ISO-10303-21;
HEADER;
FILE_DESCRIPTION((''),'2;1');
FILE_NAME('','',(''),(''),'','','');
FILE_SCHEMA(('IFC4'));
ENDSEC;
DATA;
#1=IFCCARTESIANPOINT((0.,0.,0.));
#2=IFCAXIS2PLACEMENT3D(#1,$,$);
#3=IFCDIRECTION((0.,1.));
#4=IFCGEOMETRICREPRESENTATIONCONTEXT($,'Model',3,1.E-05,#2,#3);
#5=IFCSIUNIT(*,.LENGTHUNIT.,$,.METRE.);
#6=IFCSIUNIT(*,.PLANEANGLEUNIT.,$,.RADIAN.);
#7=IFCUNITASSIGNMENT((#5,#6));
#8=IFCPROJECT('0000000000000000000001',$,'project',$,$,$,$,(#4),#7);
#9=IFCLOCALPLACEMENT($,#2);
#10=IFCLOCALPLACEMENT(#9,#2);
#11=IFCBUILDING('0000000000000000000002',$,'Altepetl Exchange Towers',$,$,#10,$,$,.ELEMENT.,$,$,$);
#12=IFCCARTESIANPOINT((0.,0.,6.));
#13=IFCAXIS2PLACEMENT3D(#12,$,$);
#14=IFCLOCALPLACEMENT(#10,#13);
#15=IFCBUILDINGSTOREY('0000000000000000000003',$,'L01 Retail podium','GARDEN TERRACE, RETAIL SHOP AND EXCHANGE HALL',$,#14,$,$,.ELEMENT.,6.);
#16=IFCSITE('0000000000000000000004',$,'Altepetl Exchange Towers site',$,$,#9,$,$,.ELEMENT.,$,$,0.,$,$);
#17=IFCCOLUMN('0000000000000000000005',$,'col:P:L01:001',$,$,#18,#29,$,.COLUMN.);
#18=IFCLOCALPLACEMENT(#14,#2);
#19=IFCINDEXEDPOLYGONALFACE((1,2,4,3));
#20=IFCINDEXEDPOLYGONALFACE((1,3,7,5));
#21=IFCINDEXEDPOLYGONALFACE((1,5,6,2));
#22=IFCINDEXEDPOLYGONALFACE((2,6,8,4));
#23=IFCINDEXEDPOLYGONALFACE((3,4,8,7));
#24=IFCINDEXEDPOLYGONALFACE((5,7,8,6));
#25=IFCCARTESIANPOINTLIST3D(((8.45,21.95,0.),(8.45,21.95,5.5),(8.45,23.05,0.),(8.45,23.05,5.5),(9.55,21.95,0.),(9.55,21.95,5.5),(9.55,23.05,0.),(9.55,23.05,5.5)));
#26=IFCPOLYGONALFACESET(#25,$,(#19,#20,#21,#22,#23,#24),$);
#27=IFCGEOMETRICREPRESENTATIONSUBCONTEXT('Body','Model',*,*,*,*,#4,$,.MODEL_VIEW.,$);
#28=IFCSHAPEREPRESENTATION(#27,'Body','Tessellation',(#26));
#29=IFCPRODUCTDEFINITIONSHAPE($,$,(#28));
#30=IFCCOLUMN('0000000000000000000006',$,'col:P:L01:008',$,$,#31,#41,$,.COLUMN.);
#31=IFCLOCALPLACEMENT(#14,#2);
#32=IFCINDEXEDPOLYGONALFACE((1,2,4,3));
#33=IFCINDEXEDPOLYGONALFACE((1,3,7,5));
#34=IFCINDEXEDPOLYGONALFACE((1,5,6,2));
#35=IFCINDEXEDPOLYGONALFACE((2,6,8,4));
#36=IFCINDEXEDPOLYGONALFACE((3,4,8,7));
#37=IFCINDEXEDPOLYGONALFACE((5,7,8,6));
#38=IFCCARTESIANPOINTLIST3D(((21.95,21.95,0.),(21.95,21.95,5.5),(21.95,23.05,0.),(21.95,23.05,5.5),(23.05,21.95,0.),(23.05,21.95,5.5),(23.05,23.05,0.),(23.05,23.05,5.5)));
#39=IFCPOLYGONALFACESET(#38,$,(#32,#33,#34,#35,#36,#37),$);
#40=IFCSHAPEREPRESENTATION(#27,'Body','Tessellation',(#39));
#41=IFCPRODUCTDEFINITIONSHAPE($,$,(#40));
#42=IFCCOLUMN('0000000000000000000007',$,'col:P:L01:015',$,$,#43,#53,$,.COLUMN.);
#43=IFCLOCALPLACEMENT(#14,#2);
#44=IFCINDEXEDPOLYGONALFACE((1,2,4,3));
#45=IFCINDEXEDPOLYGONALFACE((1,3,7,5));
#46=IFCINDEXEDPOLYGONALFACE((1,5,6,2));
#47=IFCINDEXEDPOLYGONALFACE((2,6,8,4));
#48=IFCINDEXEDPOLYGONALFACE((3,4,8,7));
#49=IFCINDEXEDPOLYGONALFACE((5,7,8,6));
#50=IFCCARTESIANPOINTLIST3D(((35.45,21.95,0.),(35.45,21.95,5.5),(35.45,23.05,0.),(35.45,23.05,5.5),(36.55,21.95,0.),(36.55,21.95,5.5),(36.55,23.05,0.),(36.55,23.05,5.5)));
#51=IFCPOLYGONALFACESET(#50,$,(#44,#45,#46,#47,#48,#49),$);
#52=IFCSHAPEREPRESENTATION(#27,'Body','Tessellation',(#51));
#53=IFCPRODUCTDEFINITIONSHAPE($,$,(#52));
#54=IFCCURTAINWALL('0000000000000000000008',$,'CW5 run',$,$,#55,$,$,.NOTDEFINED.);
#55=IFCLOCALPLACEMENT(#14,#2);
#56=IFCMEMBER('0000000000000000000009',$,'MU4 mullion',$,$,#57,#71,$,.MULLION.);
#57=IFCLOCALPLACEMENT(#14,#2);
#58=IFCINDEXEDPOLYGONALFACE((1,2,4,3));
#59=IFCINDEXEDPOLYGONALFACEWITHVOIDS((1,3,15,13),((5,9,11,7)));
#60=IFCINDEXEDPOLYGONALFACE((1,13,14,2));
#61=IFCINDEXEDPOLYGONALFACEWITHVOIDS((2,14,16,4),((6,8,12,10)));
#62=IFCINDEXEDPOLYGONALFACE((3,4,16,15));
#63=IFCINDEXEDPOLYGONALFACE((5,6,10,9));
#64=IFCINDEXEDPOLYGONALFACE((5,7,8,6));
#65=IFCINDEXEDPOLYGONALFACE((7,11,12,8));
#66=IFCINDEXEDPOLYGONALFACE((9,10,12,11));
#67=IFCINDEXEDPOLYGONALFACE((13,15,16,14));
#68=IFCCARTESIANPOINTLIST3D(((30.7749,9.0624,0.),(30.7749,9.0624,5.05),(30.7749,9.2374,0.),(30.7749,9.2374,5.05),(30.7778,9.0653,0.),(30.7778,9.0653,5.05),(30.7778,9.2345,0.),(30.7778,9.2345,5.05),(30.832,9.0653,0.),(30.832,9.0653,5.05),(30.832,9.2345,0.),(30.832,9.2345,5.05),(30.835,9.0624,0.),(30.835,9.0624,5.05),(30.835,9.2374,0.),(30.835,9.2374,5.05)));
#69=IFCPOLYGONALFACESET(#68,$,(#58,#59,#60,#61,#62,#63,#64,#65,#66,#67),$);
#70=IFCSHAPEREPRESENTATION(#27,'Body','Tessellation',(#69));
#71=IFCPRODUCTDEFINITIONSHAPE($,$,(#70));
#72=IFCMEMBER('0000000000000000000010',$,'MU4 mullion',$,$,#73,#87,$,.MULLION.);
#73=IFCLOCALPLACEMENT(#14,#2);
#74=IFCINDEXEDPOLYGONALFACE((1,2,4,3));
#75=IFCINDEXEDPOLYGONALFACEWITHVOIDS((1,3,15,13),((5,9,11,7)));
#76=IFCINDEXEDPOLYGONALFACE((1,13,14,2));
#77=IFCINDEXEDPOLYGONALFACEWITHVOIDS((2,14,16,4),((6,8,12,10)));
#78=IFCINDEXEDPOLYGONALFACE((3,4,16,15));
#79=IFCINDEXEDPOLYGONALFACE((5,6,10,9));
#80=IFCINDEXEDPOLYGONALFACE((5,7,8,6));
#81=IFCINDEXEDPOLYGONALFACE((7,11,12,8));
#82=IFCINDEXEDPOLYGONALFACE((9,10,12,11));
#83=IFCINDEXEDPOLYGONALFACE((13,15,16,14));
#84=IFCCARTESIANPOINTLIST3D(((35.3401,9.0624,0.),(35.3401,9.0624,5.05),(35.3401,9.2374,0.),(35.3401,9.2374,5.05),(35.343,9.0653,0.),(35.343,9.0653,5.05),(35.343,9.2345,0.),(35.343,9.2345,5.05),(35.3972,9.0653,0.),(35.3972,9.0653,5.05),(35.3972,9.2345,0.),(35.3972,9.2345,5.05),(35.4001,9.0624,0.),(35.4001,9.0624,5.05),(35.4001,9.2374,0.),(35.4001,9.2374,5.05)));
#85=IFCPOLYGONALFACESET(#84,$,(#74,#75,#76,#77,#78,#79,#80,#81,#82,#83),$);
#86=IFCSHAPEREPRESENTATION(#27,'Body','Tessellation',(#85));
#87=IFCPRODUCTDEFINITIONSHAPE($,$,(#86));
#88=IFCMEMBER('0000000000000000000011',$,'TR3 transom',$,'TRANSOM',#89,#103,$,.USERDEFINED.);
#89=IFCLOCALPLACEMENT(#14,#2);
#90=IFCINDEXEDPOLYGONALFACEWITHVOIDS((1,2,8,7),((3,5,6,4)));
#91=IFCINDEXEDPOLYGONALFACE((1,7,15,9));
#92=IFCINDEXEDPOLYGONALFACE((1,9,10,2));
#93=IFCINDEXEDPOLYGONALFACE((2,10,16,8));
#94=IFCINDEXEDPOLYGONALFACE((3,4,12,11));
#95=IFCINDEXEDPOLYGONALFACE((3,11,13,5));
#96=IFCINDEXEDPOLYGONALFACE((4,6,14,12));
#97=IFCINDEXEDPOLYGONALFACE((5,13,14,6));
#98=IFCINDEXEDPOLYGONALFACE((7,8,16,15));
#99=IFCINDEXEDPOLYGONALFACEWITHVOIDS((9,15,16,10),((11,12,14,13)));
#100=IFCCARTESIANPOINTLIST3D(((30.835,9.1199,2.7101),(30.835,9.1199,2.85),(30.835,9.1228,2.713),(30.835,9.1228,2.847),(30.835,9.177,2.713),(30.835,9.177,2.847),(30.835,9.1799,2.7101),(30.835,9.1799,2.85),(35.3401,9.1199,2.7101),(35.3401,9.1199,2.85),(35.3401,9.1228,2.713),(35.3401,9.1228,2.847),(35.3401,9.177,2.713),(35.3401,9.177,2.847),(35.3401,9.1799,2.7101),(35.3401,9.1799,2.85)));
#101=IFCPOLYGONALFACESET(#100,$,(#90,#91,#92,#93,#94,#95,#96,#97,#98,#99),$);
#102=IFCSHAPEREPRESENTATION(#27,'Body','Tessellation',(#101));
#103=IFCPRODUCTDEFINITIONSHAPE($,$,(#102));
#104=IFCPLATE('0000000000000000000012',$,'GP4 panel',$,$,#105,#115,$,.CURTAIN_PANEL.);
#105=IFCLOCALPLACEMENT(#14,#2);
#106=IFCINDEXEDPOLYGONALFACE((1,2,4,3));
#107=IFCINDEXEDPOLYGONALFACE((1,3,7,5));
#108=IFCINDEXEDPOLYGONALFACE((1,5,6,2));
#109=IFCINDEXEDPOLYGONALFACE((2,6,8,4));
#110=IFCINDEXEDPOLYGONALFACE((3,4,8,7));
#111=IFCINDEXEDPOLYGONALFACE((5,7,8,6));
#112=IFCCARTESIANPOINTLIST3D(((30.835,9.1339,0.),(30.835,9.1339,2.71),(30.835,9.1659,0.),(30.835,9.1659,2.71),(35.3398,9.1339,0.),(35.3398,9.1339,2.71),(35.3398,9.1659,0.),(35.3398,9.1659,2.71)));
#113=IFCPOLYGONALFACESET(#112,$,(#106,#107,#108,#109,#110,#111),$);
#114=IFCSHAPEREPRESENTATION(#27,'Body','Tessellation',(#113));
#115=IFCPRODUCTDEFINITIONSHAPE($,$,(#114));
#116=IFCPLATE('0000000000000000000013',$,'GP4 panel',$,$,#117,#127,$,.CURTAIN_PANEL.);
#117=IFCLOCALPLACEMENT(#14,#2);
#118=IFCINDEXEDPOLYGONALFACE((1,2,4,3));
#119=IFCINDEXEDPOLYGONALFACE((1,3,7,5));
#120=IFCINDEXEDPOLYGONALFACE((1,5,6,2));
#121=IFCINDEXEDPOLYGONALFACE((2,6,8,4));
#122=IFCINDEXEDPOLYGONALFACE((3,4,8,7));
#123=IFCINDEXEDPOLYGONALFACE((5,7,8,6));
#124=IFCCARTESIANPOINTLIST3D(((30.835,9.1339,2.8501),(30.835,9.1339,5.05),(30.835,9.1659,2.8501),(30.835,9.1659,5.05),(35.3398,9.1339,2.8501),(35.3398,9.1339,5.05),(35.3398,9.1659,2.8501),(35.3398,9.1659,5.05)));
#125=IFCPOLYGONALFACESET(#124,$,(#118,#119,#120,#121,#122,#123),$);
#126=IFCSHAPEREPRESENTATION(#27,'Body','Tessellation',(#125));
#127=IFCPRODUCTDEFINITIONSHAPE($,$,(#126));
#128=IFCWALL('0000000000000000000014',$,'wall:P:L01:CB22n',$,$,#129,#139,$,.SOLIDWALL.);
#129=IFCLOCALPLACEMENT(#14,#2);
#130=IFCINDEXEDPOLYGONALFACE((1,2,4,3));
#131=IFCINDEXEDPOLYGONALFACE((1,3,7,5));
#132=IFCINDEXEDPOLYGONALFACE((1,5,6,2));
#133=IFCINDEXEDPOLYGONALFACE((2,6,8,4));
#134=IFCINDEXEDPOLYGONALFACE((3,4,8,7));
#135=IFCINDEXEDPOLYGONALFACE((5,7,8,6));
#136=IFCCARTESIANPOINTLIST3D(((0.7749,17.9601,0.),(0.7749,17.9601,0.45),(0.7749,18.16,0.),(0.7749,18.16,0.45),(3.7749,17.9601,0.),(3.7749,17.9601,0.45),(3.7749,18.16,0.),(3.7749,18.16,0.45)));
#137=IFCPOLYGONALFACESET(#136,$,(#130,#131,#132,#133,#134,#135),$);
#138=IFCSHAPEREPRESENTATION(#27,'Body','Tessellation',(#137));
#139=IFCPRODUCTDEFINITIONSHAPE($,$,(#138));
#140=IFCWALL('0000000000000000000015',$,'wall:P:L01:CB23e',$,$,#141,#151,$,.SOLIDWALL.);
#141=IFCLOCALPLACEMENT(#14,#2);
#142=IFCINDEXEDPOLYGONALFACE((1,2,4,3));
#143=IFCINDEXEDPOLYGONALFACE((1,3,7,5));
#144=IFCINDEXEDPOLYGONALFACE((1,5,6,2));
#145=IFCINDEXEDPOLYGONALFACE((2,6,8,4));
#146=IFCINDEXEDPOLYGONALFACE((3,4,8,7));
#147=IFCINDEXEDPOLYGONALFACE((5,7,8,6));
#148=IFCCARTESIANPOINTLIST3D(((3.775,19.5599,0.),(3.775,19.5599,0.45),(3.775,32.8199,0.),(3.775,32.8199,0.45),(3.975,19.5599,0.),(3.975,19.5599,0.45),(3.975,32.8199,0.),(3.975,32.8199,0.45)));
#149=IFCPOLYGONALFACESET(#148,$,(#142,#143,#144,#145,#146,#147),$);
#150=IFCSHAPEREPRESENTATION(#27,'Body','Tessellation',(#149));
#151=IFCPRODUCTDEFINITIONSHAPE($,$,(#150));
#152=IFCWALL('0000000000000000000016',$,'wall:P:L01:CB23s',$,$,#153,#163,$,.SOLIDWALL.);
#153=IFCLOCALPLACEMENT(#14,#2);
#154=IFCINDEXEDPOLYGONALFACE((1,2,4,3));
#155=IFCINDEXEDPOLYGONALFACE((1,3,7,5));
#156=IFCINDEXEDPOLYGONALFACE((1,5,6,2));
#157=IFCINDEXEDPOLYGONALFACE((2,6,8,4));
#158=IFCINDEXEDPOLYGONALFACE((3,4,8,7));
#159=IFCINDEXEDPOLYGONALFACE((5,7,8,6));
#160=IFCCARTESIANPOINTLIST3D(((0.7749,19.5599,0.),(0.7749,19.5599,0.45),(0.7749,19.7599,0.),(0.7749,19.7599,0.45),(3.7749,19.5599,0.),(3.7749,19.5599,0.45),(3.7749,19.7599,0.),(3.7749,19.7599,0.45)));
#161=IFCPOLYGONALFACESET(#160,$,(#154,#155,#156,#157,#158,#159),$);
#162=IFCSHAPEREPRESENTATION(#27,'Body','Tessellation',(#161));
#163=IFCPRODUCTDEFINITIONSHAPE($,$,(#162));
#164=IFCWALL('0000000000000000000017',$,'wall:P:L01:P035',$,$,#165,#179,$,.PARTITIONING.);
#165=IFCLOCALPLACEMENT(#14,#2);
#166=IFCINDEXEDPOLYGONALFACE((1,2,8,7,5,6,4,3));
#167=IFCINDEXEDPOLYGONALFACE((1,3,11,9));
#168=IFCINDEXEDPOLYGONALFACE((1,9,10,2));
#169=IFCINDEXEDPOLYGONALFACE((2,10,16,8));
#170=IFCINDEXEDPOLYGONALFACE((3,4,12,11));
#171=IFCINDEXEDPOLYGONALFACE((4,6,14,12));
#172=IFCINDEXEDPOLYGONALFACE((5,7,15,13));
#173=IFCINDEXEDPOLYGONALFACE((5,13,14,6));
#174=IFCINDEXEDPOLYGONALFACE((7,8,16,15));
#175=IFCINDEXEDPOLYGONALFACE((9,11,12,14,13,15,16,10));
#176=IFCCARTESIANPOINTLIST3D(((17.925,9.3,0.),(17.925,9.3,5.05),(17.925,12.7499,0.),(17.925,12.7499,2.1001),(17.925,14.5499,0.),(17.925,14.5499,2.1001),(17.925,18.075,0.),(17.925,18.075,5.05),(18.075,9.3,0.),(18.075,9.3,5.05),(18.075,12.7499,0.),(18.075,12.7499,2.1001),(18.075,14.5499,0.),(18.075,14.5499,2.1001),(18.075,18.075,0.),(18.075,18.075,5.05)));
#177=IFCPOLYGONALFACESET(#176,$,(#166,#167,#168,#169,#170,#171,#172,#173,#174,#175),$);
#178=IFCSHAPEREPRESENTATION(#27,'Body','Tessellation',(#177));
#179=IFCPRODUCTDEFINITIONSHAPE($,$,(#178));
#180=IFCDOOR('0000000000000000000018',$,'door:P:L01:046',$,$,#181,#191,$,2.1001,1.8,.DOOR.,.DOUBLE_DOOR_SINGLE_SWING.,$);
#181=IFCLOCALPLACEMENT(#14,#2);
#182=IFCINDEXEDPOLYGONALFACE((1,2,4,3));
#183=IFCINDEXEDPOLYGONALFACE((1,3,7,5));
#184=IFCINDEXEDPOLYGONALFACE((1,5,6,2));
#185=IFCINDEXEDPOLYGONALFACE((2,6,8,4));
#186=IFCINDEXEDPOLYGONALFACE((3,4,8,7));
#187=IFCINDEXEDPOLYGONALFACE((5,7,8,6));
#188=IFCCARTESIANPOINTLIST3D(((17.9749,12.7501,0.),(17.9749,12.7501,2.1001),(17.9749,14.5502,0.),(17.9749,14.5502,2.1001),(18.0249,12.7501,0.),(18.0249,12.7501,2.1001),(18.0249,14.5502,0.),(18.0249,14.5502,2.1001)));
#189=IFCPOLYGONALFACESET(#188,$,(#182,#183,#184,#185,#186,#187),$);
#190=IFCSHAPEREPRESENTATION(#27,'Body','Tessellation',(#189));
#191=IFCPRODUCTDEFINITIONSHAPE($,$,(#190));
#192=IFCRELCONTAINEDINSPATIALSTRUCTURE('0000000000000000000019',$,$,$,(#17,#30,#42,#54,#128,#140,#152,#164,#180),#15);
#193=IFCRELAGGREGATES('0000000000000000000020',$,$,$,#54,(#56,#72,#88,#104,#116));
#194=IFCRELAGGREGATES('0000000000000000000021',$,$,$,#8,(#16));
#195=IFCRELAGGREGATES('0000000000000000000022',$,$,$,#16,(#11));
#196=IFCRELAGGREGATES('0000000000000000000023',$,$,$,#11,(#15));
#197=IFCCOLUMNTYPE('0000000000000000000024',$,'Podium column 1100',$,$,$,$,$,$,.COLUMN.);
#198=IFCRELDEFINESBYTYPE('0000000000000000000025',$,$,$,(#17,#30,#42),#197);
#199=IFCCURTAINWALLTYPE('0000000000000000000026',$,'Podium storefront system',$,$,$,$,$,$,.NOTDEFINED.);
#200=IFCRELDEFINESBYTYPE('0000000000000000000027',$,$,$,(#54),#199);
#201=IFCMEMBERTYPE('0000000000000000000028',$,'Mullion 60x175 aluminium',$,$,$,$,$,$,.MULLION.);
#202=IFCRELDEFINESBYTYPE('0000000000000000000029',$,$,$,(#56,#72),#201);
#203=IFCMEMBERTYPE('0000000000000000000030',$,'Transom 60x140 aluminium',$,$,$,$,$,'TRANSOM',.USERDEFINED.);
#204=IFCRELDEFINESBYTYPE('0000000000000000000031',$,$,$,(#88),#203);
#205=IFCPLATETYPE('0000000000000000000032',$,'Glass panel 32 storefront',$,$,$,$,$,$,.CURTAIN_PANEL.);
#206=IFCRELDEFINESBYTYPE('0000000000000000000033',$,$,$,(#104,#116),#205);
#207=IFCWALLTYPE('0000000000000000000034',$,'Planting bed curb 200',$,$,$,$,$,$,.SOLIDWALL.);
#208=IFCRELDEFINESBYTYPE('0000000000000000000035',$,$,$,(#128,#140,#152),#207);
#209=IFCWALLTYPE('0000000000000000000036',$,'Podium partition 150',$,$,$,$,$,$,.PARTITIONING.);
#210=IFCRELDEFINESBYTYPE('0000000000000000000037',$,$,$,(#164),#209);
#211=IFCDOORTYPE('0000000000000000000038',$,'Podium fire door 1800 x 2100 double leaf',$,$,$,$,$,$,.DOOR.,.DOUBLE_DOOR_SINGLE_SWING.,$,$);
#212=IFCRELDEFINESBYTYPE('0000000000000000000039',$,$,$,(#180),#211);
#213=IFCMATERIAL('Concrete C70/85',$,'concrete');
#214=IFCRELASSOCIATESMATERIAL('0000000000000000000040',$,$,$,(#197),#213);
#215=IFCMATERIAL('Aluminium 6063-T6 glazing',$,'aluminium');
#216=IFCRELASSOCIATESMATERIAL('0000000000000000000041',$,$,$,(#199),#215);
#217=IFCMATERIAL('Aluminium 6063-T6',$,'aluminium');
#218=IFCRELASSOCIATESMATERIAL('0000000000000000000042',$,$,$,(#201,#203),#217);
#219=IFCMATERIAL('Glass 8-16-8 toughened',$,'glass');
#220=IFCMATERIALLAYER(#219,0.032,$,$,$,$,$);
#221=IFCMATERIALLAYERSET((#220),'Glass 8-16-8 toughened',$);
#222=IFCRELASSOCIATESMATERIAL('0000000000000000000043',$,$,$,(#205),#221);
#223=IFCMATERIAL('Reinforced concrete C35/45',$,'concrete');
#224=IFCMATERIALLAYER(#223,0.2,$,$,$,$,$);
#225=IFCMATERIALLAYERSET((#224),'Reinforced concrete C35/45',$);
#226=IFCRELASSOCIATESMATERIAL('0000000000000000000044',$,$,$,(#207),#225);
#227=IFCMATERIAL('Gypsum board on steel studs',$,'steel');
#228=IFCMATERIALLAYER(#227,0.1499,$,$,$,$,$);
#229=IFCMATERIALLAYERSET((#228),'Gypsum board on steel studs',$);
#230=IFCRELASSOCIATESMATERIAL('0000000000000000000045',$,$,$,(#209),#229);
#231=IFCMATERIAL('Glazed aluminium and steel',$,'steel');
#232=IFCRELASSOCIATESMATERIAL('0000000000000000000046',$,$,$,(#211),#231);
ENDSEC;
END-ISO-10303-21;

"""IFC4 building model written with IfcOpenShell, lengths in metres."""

from ifc_helpers import new_model, si_unit, direction, frame, frame_2d, origin, origin_2d, place, context, subcontext, project, spatial, rectangle, hollow_rectangle, extrude, material, layer, layer_set, material_profile, profile_set, type_object, element, fill, aggregate, save


model = new_model("IFC4")

# Units and contexts
model_context = context("Model", 3, precision=1e-05, world=origin(), true_north=direction((0.0, 1.0)))
body_context = subcontext(model_context, "Body", "Model", "MODEL_VIEW")
ifc_project = project(units=[si_unit("LENGTHUNIT", "METRE"), si_unit("PLANEANGLEUNIT", "RADIAN")], contexts=[model_context])

# Site, building, storey
site_placement = place(None, origin())
site = spatial("IfcSite", under=ifc_project, at=site_placement, Name="Altepetl Exchange Towers site", CompositionType="ELEMENT", RefElevation=0.0)
building_placement = place(site_placement, origin())
building = spatial("IfcBuilding", under=site, at=building_placement, Name="Altepetl Exchange Towers", CompositionType="ELEMENT")
storey_placement = place(building_placement, frame((0.0, 0.0, 6.0)))
storey = spatial("IfcBuildingStorey", under=building, at=storey_placement, Name="L01 Retail podium", Description="GARDEN TERRACE, RETAIL SHOP AND EXCHANGE HALL", CompositionType="ELEMENT", Elevation=6.0)

# Columns
ifc_material_1 = material(Name="Concrete C70/85", Category="concrete")
ifc_material_profile_1 = material_profile(ifc_material_1, rectangle(XDim=1.1001, YDim=1.1001, at=origin_2d()), Name="1100 x 1100")
ifc_profile_set_1 = profile_set([ifc_material_profile_1], Name="Concrete C70/85")
column_type = type_object("IfcColumnType", Name="Podium column 1100", PredefinedType="COLUMN", material=ifc_profile_set_1)
for number, where, name in (
    (1, (9.0, 22.5, 0.0), "col:P:L01:001"),
    (2, (22.5, 22.5, 0.0), "col:P:L01:008"),
    (3, (36.0, 22.5, 0.0), "col:P:L01:015"),
):
    element("IfcColumn", number, at=place(storey_placement, frame(where)), inside=storey, type_object=column_type, Name=name, PredefinedType="COLUMN", context=body_context, shape_type="SweptSolid", body=[
        extrude(rectangle(XDim=1.1001, YDim=1.1001, at=origin_2d()), origin(), (0.0, 0.0, 1.0), 5.5),
    ])

# Curtain wall, members, plates
ifc_material_2 = material(Name="Aluminium 6063-T6 glazing", Category="aluminium")
curtain_wall_type = type_object("IfcCurtainWallType", Name="Podium storefront system", PredefinedType="NOTDEFINED", material=ifc_material_2)
curtain_wall_placement = place(storey_placement, origin())
curtain_wall = element("IfcCurtainWall", 4, at=curtain_wall_placement, inside=storey, type_object=curtain_wall_type, Name="CW5 run", PredefinedType="NOTDEFINED")
ifc_material_3 = material(Name="Aluminium 6063-T6", Category="aluminium")
ifc_material_profile_2 = material_profile(ifc_material_3, hollow_rectangle(XDim=0.0601, YDim=0.175, WallThickness=0.0029, at=origin_2d()), Name="Mullion 60x175 aluminium")
ifc_profile_set_2 = profile_set([ifc_material_profile_2], Name="Aluminium 6063-T6")
member_type_1 = type_object("IfcMemberType", Name="Mullion 60x175 aluminium", PredefinedType="MULLION", material=ifc_profile_set_2)
member_1_placement = place(storey_placement, frame((30.8049, 9.1499, 0.0)))
member_1 = element("IfcMember", 5, at=member_1_placement, type_object=member_type_1, Name="MU4 mullion", PredefinedType="MULLION", context=body_context, shape_type="SweptSolid", body=[
    extrude(hollow_rectangle(XDim=0.0601, YDim=0.175, WallThickness=0.0029, at=origin_2d()), origin(), (0.0, 0.0, 1.0), 5.05),
])
member_2_placement = place(storey_placement, frame((35.3701, 9.1499, 0.0)))
member_2 = element("IfcMember", 6, at=member_2_placement, type_object=member_type_1, Name="MU4 mullion", PredefinedType="MULLION", context=body_context, shape_type="SweptSolid", body=[
    extrude(hollow_rectangle(XDim=0.0601, YDim=0.175, WallThickness=0.0029, at=origin_2d()), origin(), (0.0, 0.0, 1.0), 5.05),
])
ifc_material_profile_3 = material_profile(ifc_material_3, hollow_rectangle(XDim=0.0601, YDim=0.1399, WallThickness=0.0029, at=origin_2d()), Name="Transom 60x140 aluminium")
ifc_profile_set_3 = profile_set([ifc_material_profile_3], Name="Aluminium 6063-T6")
member_type_2 = type_object("IfcMemberType", Name="Transom 60x140 aluminium", ElementType="TRANSOM", PredefinedType="USERDEFINED", material=ifc_profile_set_3)
member_3_placement = place(storey_placement, frame((30.835, 9.1499, 2.78), z_axis=(1.0, 0.0, 0.0), x_axis=(0.0, 1.0, 0.0)))
member_3 = element("IfcMember", 7, at=member_3_placement, type_object=member_type_2, Name="TR3 transom", ObjectType="TRANSOM", PredefinedType="USERDEFINED", context=body_context, shape_type="SweptSolid", body=[
    extrude(hollow_rectangle(XDim=0.0601, YDim=0.1399, WallThickness=0.0029, at=origin_2d()), origin(), (0.0, 0.0, 1.0), 4.5051),
])
ifc_material_4 = material(Name="Glass 8-16-8 toughened", Category="glass")
ifc_layer_1 = layer(ifc_material_4, 0.032)
ifc_layer_set_1 = layer_set([ifc_layer_1], Name="Glass 8-16-8 toughened")
plate_type = type_object("IfcPlateType", Name="Glass panel 32 storefront", PredefinedType="CURTAIN_PANEL", material=ifc_layer_set_1)
plate_1_placement = place(storey_placement, frame((33.0874, 9.1499, 0.0)))
plate_1 = element("IfcPlate", 8, at=plate_1_placement, type_object=plate_type, Name="GP4 panel", PredefinedType="CURTAIN_PANEL", context=body_context, shape_type="SweptSolid", body=[
    extrude(rectangle(XDim=4.5049, YDim=0.032, at=origin_2d()), origin(), (0.0, 0.0, 1.0), 2.71),
])
plate_2_placement = place(storey_placement, frame((33.0874, 9.1499, 2.8501)))
plate_2 = element("IfcPlate", 9, at=plate_2_placement, type_object=plate_type, Name="GP4 panel", PredefinedType="CURTAIN_PANEL", context=body_context, shape_type="SweptSolid", body=[
    extrude(rectangle(XDim=4.5049, YDim=0.032, at=origin_2d()), origin(), (0.0, 0.0, 1.0), 2.2),
])
aggregate(curtain_wall, [member_1, member_2, member_3, plate_1, plate_2])

# Walls
ifc_material_5 = material(Name="Reinforced concrete C35/45", Category="concrete")
ifc_layer_2 = layer(ifc_material_5, 0.2)
ifc_layer_set_2 = layer_set([ifc_layer_2], Name="Reinforced concrete C35/45")
wall_type_1 = type_object("IfcWallType", Name="Planting bed curb 200", PredefinedType="SOLIDWALL", material=ifc_layer_set_2)
wall_1_placement = place(storey_placement, frame((0.7749, 18.0601, 0.0)))
element("IfcWall", 10, at=wall_1_placement, inside=storey, type_object=wall_type_1, Name="wall:P:L01:CB22n", PredefinedType="SOLIDWALL", context=body_context, shape_type="SweptSolid", body=[
    extrude(rectangle(XDim=3.0, YDim=0.2, at=frame_2d((1.5, 0.0))), origin(), (0.0, 0.0, 1.0), 0.45),
])
wall_2_placement = place(storey_placement, frame((3.875, 19.5601, 0.0), z_axis=(0.0, 0.0, 1.0), x_axis=(0.0, 1.0, 0.0)))
element("IfcWall", 11, at=wall_2_placement, inside=storey, type_object=wall_type_1, Name="wall:P:L01:CB23e", PredefinedType="SOLIDWALL", context=body_context, shape_type="SweptSolid", body=[
    extrude(rectangle(XDim=13.26, YDim=0.2, at=frame_2d((6.6299, 0.0))), origin(), (0.0, 0.0, 1.0), 0.45),
])
wall_3_placement = place(storey_placement, frame((0.7749, 19.6599, 0.0)))
element("IfcWall", 12, at=wall_3_placement, inside=storey, type_object=wall_type_1, Name="wall:P:L01:CB23s", PredefinedType="SOLIDWALL", context=body_context, shape_type="SweptSolid", body=[
    extrude(rectangle(XDim=3.0, YDim=0.2, at=frame_2d((1.5, 0.0))), origin(), (0.0, 0.0, 1.0), 0.45),
])

# Wall, opening, door
ifc_material_6 = material(Name="Gypsum board on steel studs", Category="steel")
ifc_layer_3 = layer(ifc_material_6, 0.1499)
ifc_layer_set_3 = layer_set([ifc_layer_3], Name="Gypsum board on steel studs")
wall_type_2 = type_object("IfcWallType", Name="Podium partition 150", PredefinedType="PARTITIONING", material=ifc_layer_set_3)
wall_4_placement = place(storey_placement, frame((18.0, 9.3, 0.0), z_axis=(0.0, 0.0, 1.0), x_axis=(0.0, 1.0, 0.0)))
wall_4 = element("IfcWall", 13, at=wall_4_placement, inside=storey, type_object=wall_type_2, Name="wall:P:L01:P035", PredefinedType="PARTITIONING", context=body_context, shape_type="SweptSolid", body=[
    extrude(rectangle(XDim=8.7749, YDim=0.1499, at=frame_2d((4.3875, 0.0))), origin(), (0.0, 0.0, 1.0), 5.05),
])
opening_1_placement = place(wall_4_placement, frame((3.45, 0.0, 0.0)))
opening_1 = element("IfcOpeningElement", 14, at=opening_1_placement, cuts=wall_4, PredefinedType="OPENING", context=body_context, shape_type="SweptSolid", body=[
    extrude(rectangle(XDim=1.8, YDim=2.1001, at=frame_2d((0.8999, 1.05))), frame((0.0, 0.085, 0.0), z_axis=(0.0, -1.0, 0.0), x_axis=(1.0, 0.0, 0.0)), (0.0, 0.0, 1.0), 0.1699),
])
ifc_material_7 = material(Name="Glazed aluminium and steel", Category="steel")
door_type_1 = type_object("IfcDoorType", Name="Podium fire door 1800 x 2100 double leaf", OperationType="DOUBLE_DOOR_SINGLE_SWING", PredefinedType="DOOR", material=ifc_material_7)
door_1_placement = place(opening_1_placement, frame((1.8, 0.0, 0.0), x_axis=(-1.0, 0.0, 0.0)))
door_1 = element("IfcDoor", 15, at=door_1_placement, inside=storey, type_object=door_type_1, Name="door:P:L01:046", OperationType="DOUBLE_DOOR_SINGLE_SWING", OverallHeight=2.1001, OverallWidth=1.8, PredefinedType="DOOR", context=body_context, shape_type="SweptSolid", body=[
    extrude(rectangle(XDim=1.8, YDim=2.1001, at=frame_2d((0.8999, 1.05))), frame((0.0, 0.0249, 0.0), z_axis=(0.0, -1.0, 0.0), x_axis=(1.0, 0.0, 0.0)), (0.0, 0.0, 1.0), 0.05),
])
fill(opening_1, door_1)

save(model, "model.ifc")
